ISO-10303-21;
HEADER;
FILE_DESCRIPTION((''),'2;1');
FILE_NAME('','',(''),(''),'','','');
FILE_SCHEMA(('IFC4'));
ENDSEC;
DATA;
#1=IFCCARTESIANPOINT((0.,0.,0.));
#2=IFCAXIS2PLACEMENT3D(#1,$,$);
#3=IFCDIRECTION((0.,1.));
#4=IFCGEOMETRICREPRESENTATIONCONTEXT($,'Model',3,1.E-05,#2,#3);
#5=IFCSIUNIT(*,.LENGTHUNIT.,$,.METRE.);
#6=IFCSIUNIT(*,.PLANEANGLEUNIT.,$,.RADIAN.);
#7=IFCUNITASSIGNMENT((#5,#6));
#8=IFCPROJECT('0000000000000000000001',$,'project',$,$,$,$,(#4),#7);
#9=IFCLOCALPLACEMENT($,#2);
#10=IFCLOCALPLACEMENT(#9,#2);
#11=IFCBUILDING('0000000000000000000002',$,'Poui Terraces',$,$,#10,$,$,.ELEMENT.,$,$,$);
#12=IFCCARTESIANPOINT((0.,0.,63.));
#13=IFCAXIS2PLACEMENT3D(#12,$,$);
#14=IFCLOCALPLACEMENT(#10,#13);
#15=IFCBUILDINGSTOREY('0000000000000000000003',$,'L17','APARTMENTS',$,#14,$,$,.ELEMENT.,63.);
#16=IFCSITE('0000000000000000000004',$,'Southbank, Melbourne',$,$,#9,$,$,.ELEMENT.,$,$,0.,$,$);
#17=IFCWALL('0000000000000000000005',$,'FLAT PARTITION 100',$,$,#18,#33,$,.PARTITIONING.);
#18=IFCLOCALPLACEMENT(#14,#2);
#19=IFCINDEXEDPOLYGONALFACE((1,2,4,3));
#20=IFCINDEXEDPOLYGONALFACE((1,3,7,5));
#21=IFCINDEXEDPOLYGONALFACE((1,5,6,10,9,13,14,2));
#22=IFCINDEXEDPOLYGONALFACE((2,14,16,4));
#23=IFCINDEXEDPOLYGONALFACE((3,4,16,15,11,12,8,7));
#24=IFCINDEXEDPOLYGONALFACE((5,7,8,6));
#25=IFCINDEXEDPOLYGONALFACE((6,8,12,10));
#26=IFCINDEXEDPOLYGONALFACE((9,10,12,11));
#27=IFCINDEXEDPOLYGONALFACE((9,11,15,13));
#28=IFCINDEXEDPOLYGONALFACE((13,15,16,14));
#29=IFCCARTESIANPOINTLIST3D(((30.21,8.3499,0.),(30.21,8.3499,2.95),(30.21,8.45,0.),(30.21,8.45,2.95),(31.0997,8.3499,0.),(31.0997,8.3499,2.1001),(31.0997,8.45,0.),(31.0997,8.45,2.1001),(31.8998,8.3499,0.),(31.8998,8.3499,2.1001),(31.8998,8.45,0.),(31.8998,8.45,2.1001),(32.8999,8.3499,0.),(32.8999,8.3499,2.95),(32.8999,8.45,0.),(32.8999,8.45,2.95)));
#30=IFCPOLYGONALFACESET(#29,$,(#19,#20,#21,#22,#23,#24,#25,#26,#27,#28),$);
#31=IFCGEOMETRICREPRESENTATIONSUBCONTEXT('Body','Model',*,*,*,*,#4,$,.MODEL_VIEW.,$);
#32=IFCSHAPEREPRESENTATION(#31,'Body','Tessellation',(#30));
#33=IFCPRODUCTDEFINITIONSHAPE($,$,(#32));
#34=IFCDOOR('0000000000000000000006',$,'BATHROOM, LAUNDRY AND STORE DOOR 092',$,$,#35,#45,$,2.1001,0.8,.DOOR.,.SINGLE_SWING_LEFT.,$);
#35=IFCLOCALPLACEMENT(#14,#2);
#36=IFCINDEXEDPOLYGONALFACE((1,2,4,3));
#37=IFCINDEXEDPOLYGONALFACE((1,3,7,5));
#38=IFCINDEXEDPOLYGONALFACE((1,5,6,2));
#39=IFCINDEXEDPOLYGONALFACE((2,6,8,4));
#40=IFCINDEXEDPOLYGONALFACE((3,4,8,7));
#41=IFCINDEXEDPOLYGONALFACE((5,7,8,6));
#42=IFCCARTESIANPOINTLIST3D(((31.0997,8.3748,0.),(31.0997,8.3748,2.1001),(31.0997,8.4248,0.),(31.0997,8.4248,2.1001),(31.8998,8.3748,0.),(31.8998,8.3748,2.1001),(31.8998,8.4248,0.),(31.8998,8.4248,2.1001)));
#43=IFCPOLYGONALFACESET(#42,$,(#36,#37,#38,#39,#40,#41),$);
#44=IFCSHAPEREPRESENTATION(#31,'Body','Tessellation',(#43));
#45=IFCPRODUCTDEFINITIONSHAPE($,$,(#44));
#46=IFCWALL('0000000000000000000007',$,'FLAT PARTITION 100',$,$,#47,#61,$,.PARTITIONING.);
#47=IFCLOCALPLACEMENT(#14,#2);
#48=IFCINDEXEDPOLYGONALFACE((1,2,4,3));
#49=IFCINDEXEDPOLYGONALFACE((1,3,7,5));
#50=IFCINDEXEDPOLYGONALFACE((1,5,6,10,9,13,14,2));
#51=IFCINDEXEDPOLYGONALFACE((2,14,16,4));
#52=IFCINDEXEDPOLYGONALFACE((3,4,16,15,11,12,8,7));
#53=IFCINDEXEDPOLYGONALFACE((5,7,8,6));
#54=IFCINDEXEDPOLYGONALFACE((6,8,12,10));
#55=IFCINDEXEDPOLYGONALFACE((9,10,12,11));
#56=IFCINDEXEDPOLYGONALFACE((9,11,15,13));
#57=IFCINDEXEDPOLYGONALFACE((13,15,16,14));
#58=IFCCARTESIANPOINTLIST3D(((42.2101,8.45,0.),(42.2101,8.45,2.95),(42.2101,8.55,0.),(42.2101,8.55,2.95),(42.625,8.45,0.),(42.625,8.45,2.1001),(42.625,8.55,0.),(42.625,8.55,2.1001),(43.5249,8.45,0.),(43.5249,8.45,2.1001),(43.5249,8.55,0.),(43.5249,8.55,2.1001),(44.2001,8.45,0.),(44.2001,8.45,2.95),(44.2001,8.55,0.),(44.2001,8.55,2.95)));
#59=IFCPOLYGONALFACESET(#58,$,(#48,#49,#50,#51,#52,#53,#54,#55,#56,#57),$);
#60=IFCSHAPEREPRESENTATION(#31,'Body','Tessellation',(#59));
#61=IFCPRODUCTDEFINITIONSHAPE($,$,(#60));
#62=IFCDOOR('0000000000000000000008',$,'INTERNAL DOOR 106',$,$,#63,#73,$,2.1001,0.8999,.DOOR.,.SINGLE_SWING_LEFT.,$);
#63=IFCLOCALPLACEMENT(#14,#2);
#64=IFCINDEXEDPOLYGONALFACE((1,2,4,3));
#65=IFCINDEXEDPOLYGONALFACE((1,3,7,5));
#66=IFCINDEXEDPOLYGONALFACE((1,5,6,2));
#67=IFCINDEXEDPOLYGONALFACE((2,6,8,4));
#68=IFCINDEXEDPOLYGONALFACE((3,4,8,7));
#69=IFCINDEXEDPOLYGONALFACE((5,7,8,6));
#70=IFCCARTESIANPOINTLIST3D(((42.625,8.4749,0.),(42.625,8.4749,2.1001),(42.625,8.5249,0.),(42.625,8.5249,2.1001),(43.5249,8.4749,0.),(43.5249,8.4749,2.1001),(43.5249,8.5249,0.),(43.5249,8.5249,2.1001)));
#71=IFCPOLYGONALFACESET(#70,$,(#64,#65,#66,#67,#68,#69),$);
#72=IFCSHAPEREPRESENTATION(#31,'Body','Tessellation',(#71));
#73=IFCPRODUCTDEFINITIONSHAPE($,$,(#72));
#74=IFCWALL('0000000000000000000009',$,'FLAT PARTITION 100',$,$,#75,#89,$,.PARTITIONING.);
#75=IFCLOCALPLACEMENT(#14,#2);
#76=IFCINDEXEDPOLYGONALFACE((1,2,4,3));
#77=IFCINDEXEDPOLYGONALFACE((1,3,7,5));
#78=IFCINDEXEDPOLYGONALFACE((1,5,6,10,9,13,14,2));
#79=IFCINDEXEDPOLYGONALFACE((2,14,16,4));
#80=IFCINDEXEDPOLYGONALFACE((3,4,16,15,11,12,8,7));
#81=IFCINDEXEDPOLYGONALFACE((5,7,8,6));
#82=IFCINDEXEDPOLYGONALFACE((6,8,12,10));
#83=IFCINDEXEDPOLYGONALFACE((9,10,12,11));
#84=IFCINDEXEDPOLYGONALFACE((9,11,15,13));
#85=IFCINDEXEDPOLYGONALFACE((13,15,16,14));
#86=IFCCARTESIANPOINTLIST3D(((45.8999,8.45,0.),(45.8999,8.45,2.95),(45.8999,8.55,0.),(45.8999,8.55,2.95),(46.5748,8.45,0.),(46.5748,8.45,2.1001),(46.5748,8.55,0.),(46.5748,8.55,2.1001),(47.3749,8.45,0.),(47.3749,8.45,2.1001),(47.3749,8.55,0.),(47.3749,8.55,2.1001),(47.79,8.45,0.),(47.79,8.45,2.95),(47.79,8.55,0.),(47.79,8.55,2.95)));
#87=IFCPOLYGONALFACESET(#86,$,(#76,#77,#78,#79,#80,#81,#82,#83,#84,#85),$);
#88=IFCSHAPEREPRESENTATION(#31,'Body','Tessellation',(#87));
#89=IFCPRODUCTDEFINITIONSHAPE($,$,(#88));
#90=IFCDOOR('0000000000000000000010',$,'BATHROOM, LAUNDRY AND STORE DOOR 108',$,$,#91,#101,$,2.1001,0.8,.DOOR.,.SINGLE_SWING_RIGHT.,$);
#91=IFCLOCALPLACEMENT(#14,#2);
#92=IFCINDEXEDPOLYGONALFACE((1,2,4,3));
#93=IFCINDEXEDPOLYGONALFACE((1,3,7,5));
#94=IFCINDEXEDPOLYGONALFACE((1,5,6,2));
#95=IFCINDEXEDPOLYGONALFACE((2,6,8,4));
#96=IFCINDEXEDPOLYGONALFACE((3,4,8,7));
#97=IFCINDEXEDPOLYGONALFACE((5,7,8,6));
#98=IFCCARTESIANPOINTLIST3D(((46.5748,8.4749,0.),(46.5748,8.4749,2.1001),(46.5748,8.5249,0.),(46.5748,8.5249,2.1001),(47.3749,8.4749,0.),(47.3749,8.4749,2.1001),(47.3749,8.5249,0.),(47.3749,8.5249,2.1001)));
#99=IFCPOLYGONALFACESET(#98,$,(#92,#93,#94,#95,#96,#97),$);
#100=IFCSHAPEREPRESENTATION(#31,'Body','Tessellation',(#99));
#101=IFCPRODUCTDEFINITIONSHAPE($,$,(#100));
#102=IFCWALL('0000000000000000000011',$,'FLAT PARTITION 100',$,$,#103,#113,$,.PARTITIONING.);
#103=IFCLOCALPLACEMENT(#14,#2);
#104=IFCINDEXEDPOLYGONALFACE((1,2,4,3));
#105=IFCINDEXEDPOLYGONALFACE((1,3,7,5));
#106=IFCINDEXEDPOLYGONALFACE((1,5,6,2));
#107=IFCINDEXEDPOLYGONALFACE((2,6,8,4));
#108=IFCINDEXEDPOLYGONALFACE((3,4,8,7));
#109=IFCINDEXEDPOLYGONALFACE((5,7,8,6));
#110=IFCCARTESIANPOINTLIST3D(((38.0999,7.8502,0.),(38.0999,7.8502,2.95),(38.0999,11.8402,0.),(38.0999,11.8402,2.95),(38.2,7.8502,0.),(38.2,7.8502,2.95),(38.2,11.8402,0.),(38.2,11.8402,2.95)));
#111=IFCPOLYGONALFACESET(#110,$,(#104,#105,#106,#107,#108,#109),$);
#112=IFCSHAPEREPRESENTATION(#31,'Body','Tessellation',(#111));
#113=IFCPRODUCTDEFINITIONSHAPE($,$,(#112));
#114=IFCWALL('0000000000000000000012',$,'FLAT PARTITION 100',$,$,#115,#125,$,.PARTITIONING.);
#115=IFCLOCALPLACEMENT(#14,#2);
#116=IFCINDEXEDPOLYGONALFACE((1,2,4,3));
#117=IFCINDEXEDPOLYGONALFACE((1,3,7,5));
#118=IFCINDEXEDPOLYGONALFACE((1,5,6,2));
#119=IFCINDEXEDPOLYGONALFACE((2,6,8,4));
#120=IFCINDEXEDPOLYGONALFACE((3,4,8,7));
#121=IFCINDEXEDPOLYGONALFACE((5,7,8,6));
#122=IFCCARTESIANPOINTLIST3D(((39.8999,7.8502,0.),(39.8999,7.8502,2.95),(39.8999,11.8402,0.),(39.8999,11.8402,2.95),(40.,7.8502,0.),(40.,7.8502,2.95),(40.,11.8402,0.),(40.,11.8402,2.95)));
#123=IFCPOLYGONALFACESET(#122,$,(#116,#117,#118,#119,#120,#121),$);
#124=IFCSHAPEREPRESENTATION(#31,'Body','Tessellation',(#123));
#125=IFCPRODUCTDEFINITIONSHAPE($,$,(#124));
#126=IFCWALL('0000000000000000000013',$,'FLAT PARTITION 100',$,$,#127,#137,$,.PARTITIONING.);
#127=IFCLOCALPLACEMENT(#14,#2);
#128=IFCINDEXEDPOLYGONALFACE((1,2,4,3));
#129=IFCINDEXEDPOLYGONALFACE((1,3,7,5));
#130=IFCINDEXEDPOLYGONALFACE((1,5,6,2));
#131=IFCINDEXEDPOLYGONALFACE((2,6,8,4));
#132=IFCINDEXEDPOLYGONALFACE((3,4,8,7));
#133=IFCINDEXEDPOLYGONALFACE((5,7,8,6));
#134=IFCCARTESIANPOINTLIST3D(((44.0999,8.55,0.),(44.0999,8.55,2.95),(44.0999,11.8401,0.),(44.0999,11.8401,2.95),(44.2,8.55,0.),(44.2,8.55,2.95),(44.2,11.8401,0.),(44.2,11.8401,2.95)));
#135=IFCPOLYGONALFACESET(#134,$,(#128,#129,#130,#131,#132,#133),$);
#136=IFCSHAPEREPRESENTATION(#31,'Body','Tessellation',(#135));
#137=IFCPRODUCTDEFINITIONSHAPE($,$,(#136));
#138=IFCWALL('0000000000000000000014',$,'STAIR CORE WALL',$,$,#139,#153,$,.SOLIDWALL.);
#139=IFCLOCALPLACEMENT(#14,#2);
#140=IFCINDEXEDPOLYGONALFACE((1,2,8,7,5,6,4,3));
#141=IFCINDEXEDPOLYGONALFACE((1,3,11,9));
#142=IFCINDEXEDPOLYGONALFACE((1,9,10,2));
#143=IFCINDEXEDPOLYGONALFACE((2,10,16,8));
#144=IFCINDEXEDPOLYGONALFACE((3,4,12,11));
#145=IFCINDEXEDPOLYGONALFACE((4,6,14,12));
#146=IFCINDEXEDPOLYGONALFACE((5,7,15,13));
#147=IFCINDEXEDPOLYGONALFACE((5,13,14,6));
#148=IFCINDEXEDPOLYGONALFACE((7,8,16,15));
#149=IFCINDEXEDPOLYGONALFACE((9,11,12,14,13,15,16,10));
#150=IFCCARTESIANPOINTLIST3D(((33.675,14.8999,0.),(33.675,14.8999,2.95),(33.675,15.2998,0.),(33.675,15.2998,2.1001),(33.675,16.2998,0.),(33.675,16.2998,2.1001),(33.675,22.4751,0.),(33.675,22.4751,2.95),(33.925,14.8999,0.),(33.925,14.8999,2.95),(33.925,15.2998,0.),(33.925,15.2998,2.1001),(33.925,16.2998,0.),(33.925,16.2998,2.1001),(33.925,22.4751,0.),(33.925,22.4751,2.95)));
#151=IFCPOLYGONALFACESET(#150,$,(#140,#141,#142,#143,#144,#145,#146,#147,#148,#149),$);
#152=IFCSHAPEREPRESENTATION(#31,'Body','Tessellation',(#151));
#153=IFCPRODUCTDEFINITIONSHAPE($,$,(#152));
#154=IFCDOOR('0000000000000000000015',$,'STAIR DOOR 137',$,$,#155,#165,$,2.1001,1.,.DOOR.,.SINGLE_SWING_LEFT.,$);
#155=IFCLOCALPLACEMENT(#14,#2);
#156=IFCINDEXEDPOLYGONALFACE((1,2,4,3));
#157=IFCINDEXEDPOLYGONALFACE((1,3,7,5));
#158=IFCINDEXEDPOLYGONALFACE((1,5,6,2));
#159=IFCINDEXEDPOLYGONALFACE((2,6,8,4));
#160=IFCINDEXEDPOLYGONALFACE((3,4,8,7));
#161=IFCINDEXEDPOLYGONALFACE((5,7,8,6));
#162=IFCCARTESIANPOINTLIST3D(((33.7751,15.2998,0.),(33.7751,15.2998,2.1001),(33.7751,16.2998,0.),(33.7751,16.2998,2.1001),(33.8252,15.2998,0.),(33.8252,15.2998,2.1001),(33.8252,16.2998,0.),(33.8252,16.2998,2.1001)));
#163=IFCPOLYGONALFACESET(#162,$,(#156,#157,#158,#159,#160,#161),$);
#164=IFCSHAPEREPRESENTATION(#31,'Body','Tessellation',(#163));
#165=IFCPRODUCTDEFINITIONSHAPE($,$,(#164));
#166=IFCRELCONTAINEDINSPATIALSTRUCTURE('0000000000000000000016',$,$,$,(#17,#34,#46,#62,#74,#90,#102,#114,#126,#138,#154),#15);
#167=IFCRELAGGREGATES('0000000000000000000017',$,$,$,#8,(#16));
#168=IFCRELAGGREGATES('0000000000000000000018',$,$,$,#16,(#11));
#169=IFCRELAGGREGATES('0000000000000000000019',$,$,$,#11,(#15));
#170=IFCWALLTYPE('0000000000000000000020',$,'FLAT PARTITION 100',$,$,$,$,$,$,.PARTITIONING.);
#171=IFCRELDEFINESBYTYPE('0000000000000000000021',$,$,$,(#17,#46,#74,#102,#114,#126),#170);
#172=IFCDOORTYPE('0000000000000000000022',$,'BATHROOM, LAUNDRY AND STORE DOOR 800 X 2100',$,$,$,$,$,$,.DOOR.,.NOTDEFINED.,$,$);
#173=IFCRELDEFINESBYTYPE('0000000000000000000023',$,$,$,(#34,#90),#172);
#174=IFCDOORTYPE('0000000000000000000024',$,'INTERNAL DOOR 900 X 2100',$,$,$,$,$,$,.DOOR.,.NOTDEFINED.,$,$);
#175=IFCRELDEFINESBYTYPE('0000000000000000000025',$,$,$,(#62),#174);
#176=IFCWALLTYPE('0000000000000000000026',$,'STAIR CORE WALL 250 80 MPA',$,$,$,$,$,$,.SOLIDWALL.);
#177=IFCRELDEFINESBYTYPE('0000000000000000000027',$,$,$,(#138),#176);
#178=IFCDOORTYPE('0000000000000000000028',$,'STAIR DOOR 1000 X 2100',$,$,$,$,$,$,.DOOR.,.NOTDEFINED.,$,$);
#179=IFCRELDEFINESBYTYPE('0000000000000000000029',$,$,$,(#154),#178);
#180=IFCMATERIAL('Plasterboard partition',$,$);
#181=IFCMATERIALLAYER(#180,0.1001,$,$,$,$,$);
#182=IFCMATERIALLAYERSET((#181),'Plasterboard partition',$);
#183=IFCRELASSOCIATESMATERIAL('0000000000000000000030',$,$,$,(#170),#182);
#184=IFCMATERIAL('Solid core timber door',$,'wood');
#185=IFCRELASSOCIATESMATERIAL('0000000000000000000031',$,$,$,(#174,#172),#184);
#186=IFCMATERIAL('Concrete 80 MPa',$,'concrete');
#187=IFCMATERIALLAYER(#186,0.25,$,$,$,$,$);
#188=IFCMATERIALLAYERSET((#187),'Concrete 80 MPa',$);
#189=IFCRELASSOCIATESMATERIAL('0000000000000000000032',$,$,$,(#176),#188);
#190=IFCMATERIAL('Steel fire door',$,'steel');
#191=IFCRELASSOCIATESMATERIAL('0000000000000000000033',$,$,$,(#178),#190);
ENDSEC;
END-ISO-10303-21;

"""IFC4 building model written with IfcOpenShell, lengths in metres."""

from ifc_helpers import new_model, si_unit, direction, frame, frame_2d, origin, place, context, subcontext, project, spatial, rectangle, extrude, material, layer, layer_set, type_object, element, fill, save


model = new_model("IFC4")

# Units and contexts
model_context = context("Model", 3, precision=1e-05, world=origin(), true_north=direction((0.0, 1.0)))
body_context = subcontext(model_context, "Body", "Model", "MODEL_VIEW")
ifc_project = project(units=[si_unit("LENGTHUNIT", "METRE"), si_unit("PLANEANGLEUNIT", "RADIAN")], contexts=[model_context])

# Site, building, storey
site_placement = place(None, origin())
site = spatial("IfcSite", under=ifc_project, at=site_placement, Name="Southbank, Melbourne", CompositionType="ELEMENT", RefElevation=0.0)
building_placement = place(site_placement, origin())
building = spatial("IfcBuilding", under=site, at=building_placement, Name="Poui Terraces", CompositionType="ELEMENT")
storey_placement = place(building_placement, frame((0.0, 0.0, 63.0)))
storey = spatial("IfcBuildingStorey", under=building, at=storey_placement, Name="L17", Description="APARTMENTS", CompositionType="ELEMENT", Elevation=63.0)

# Shared definitions
ifc_material_1 = material(Name="Concrete 80 MPa", Category="concrete")

# Walls, openings, doors
ifc_material_2 = material(Name="Steel fire door", Category="steel")
ifc_material_3 = material(Name="Plasterboard partition")
ifc_layer_1 = layer(ifc_material_3, 0.1001)
ifc_layer_set_1 = layer_set([ifc_layer_1], Name="Plasterboard partition")
wall_type_1 = type_object("IfcWallType", Name="FLAT PARTITION 100", PredefinedType="PARTITIONING", material=ifc_layer_set_1)
ifc_material_4 = material(Name="Solid core timber door", Category="wood")
door_type_1 = type_object("IfcDoorType", Name="INTERNAL DOOR 900 X 2100", OperationType="NOTDEFINED", PredefinedType="DOOR", material=ifc_material_4)
door_type_2 = type_object("IfcDoorType", Name="BATHROOM, LAUNDRY AND STORE DOOR 800 X 2100", OperationType="NOTDEFINED", PredefinedType="DOOR", material=ifc_material_4)
wall_1_placement = place(storey_placement, frame((30.21, 8.3999, 0.0), z_axis=(0.0, 0.0, 1.0), x_axis=(1.0, 0.0, 0.0)))
wall_1 = element("IfcWall", 1, at=wall_1_placement, inside=storey, type_object=wall_type_1, Name="FLAT PARTITION 100", PredefinedType="PARTITIONING", context=body_context, shape_type="SweptSolid", body=[
    extrude(rectangle(XDim=2.6899, YDim=0.1001, at=frame_2d((1.345, 0.0))), origin(), (0.0, 0.0, 1.0), 2.95),
])
opening_1_placement = place(wall_1_placement, frame((0.8899, 0.0, 0.0)))
opening_1 = element("IfcOpeningElement", 2, at=opening_1_placement, cuts=wall_1, PredefinedType="OPENING", context=body_context, shape_type="SweptSolid", body=[
    extrude(rectangle(XDim=0.8, YDim=2.1001, at=frame_2d((0.3999, 1.05))), frame((0.0, 0.0601, 0.0), z_axis=(0.0, -1.0, 0.0), x_axis=(1.0, 0.0, 0.0)), (0.0, 0.0, 1.0), 0.1201),
])
door_1_placement = place(opening_1_placement, origin())
door_1 = element("IfcDoor", 3, at=door_1_placement, inside=storey, type_object=door_type_2, Name="BATHROOM, LAUNDRY AND STORE DOOR 092", OperationType="SINGLE_SWING_LEFT", OverallHeight=2.1001, OverallWidth=0.8, PredefinedType="DOOR", context=body_context, shape_type="SweptSolid", body=[
    extrude(rectangle(XDim=0.8, YDim=2.1001, at=frame_2d((0.3999, 1.05))), frame((0.0, 0.0249, 0.0), z_axis=(0.0, -1.0, 0.0), x_axis=(1.0, 0.0, 0.0)), (0.0, 0.0, 1.0), 0.05),
])
fill(opening_1, door_1)
wall_2_placement = place(storey_placement, frame((42.21, 8.5, 0.0), z_axis=(0.0, 0.0, 1.0), x_axis=(1.0, 0.0, 0.0)))
wall_2 = element("IfcWall", 4, at=wall_2_placement, inside=storey, type_object=wall_type_1, Name="FLAT PARTITION 100", PredefinedType="PARTITIONING", context=body_context, shape_type="SweptSolid", body=[
    extrude(rectangle(XDim=1.99, YDim=0.1001, at=frame_2d((0.9951, 0.0))), origin(), (0.0, 0.0, 1.0), 2.95),
])
opening_2_placement = place(wall_2_placement, frame((0.415, 0.0, 0.0)))
opening_2 = element("IfcOpeningElement", 5, at=opening_2_placement, cuts=wall_2, PredefinedType="OPENING", context=body_context, shape_type="SweptSolid", body=[
    extrude(rectangle(XDim=0.8999, YDim=2.1001, at=frame_2d((0.45, 1.05))), frame((0.0, 0.0601, 0.0), z_axis=(0.0, -1.0, 0.0), x_axis=(1.0, 0.0, 0.0)), (0.0, 0.0, 1.0), 0.1201),
])
door_2_placement = place(opening_2_placement, origin())
door_2 = element("IfcDoor", 6, at=door_2_placement, inside=storey, type_object=door_type_1, Name="INTERNAL DOOR 106", OperationType="SINGLE_SWING_LEFT", OverallHeight=2.1001, OverallWidth=0.8999, PredefinedType="DOOR", context=body_context, shape_type="SweptSolid", body=[
    extrude(rectangle(XDim=0.8999, YDim=2.1001, at=frame_2d((0.45, 1.05))), frame((0.0, 0.0249, 0.0), z_axis=(0.0, -1.0, 0.0), x_axis=(1.0, 0.0, 0.0)), (0.0, 0.0, 1.0), 0.05),
])
fill(opening_2, door_2)
wall_3_placement = place(storey_placement, frame((45.8999, 8.5, 0.0), z_axis=(0.0, 0.0, 1.0), x_axis=(1.0, 0.0, 0.0)))
wall_3 = element("IfcWall", 7, at=wall_3_placement, inside=storey, type_object=wall_type_1, Name="FLAT PARTITION 100", PredefinedType="PARTITIONING", context=body_context, shape_type="SweptSolid", body=[
    extrude(rectangle(XDim=1.8901, YDim=0.1001, at=frame_2d((0.9451, 0.0))), origin(), (0.0, 0.0, 1.0), 2.95),
])
opening_3_placement = place(wall_3_placement, frame((0.675, 0.0, 0.0)))
opening_3 = element("IfcOpeningElement", 8, at=opening_3_placement, cuts=wall_3, PredefinedType="OPENING", context=body_context, shape_type="SweptSolid", body=[
    extrude(rectangle(XDim=0.8, YDim=2.1001, at=frame_2d((0.3999, 1.05))), frame((0.0, 0.0601, 0.0), z_axis=(0.0, -1.0, 0.0), x_axis=(1.0, 0.0, 0.0)), (0.0, 0.0, 1.0), 0.1201),
])
door_3_placement = place(opening_3_placement, origin())
door_3 = element("IfcDoor", 9, at=door_3_placement, inside=storey, type_object=door_type_2, Name="BATHROOM, LAUNDRY AND STORE DOOR 108", OperationType="SINGLE_SWING_RIGHT", OverallHeight=2.1001, OverallWidth=0.8, PredefinedType="DOOR", context=body_context, shape_type="SweptSolid", body=[
    extrude(rectangle(XDim=0.8, YDim=2.1001, at=frame_2d((0.3999, 1.05))), frame((0.0, 0.0249, 0.0), z_axis=(0.0, -1.0, 0.0), x_axis=(1.0, 0.0, 0.0)), (0.0, 0.0, 1.0), 0.05),
])
fill(opening_3, door_3)

# Walls
for number, where, z_axis, x_axis, name in (
    (10, (38.1499, 7.8501, 0.0), (0.0, 0.0, 1.0), (0.0, 1.0, 0.0), "FLAT PARTITION 100"),
    (11, (39.95, 7.8501, 0.0), (0.0, 0.0, 1.0), (0.0, 1.0, 0.0), "FLAT PARTITION 100"),
):
    element("IfcWall", number, at=place(storey_placement, frame(where, z_axis=z_axis, x_axis=x_axis)), inside=storey, type_object=wall_type_1, Name=name, PredefinedType="PARTITIONING", context=body_context, shape_type="SweptSolid", body=[
        extrude(rectangle(XDim=3.99, YDim=0.1001, at=frame_2d((1.9951, 0.0))), origin(), (0.0, 0.0, 1.0), 2.95),
    ])
wall_4_placement = place(storey_placement, frame((44.1499, 8.55, 0.0), z_axis=(0.0, 0.0, 1.0), x_axis=(0.0, 1.0, 0.0)))
element("IfcWall", 12, at=wall_4_placement, inside=storey, type_object=wall_type_1, Name="FLAT PARTITION 100", PredefinedType="PARTITIONING", context=body_context, shape_type="SweptSolid", body=[
    extrude(rectangle(XDim=3.29, YDim=0.1001, at=frame_2d((1.645, 0.0))), origin(), (0.0, 0.0, 1.0), 2.95),
])

# Wall, opening, door
ifc_layer_2 = layer(ifc_material_1, 0.25)
ifc_layer_set_2 = layer_set([ifc_layer_2], Name="Concrete 80 MPa")
wall_type_2 = type_object("IfcWallType", Name="STAIR CORE WALL 250 80 MPA", PredefinedType="SOLIDWALL", material=ifc_layer_set_2)
wall_5_placement = place(storey_placement, frame((33.8, 14.8999, 0.0), z_axis=(0.0, 0.0, 1.0), x_axis=(0.0, 1.0, 0.0)))
wall_5 = element("IfcWall", 13, at=wall_5_placement, inside=storey, type_object=wall_type_2, Name="STAIR CORE WALL", PredefinedType="SOLIDWALL", context=body_context, shape_type="SweptSolid", body=[
    extrude(rectangle(XDim=7.5752, YDim=0.25, at=frame_2d((3.7876, 0.0))), origin(), (0.0, 0.0, 1.0), 2.95),
])
opening_4_placement = place(wall_5_placement, frame((0.3999, 0.0, 0.0)))
opening_4 = element("IfcOpeningElement", 14, at=opening_4_placement, cuts=wall_5, PredefinedType="OPENING", context=body_context, shape_type="SweptSolid", body=[
    extrude(rectangle(XDim=1.0, YDim=2.1001, at=frame_2d((0.5, 1.05))), frame((0.0, 0.135, 0.0), z_axis=(0.0, -1.0, 0.0), x_axis=(1.0, 0.0, 0.0)), (0.0, 0.0, 1.0), 0.27),
])
door_type_3 = type_object("IfcDoorType", Name="STAIR DOOR 1000 X 2100", OperationType="NOTDEFINED", PredefinedType="DOOR", material=ifc_material_2)
door_4_placement = place(opening_4_placement, origin())
door_4 = element("IfcDoor", 15, at=door_4_placement, inside=storey, type_object=door_type_3, Name="STAIR DOOR 137", OperationType="SINGLE_SWING_LEFT", OverallHeight=2.1001, OverallWidth=1.0, PredefinedType="DOOR", context=body_context, shape_type="SweptSolid", body=[
    extrude(rectangle(XDim=1.0, YDim=2.1001, at=frame_2d((0.5, 1.05))), frame((0.0, 0.0249, 0.0), z_axis=(0.0, -1.0, 0.0), x_axis=(1.0, 0.0, 0.0)), (0.0, 0.0, 1.0), 0.05),
])
fill(opening_4, door_4)

save(model, "model.ifc")
